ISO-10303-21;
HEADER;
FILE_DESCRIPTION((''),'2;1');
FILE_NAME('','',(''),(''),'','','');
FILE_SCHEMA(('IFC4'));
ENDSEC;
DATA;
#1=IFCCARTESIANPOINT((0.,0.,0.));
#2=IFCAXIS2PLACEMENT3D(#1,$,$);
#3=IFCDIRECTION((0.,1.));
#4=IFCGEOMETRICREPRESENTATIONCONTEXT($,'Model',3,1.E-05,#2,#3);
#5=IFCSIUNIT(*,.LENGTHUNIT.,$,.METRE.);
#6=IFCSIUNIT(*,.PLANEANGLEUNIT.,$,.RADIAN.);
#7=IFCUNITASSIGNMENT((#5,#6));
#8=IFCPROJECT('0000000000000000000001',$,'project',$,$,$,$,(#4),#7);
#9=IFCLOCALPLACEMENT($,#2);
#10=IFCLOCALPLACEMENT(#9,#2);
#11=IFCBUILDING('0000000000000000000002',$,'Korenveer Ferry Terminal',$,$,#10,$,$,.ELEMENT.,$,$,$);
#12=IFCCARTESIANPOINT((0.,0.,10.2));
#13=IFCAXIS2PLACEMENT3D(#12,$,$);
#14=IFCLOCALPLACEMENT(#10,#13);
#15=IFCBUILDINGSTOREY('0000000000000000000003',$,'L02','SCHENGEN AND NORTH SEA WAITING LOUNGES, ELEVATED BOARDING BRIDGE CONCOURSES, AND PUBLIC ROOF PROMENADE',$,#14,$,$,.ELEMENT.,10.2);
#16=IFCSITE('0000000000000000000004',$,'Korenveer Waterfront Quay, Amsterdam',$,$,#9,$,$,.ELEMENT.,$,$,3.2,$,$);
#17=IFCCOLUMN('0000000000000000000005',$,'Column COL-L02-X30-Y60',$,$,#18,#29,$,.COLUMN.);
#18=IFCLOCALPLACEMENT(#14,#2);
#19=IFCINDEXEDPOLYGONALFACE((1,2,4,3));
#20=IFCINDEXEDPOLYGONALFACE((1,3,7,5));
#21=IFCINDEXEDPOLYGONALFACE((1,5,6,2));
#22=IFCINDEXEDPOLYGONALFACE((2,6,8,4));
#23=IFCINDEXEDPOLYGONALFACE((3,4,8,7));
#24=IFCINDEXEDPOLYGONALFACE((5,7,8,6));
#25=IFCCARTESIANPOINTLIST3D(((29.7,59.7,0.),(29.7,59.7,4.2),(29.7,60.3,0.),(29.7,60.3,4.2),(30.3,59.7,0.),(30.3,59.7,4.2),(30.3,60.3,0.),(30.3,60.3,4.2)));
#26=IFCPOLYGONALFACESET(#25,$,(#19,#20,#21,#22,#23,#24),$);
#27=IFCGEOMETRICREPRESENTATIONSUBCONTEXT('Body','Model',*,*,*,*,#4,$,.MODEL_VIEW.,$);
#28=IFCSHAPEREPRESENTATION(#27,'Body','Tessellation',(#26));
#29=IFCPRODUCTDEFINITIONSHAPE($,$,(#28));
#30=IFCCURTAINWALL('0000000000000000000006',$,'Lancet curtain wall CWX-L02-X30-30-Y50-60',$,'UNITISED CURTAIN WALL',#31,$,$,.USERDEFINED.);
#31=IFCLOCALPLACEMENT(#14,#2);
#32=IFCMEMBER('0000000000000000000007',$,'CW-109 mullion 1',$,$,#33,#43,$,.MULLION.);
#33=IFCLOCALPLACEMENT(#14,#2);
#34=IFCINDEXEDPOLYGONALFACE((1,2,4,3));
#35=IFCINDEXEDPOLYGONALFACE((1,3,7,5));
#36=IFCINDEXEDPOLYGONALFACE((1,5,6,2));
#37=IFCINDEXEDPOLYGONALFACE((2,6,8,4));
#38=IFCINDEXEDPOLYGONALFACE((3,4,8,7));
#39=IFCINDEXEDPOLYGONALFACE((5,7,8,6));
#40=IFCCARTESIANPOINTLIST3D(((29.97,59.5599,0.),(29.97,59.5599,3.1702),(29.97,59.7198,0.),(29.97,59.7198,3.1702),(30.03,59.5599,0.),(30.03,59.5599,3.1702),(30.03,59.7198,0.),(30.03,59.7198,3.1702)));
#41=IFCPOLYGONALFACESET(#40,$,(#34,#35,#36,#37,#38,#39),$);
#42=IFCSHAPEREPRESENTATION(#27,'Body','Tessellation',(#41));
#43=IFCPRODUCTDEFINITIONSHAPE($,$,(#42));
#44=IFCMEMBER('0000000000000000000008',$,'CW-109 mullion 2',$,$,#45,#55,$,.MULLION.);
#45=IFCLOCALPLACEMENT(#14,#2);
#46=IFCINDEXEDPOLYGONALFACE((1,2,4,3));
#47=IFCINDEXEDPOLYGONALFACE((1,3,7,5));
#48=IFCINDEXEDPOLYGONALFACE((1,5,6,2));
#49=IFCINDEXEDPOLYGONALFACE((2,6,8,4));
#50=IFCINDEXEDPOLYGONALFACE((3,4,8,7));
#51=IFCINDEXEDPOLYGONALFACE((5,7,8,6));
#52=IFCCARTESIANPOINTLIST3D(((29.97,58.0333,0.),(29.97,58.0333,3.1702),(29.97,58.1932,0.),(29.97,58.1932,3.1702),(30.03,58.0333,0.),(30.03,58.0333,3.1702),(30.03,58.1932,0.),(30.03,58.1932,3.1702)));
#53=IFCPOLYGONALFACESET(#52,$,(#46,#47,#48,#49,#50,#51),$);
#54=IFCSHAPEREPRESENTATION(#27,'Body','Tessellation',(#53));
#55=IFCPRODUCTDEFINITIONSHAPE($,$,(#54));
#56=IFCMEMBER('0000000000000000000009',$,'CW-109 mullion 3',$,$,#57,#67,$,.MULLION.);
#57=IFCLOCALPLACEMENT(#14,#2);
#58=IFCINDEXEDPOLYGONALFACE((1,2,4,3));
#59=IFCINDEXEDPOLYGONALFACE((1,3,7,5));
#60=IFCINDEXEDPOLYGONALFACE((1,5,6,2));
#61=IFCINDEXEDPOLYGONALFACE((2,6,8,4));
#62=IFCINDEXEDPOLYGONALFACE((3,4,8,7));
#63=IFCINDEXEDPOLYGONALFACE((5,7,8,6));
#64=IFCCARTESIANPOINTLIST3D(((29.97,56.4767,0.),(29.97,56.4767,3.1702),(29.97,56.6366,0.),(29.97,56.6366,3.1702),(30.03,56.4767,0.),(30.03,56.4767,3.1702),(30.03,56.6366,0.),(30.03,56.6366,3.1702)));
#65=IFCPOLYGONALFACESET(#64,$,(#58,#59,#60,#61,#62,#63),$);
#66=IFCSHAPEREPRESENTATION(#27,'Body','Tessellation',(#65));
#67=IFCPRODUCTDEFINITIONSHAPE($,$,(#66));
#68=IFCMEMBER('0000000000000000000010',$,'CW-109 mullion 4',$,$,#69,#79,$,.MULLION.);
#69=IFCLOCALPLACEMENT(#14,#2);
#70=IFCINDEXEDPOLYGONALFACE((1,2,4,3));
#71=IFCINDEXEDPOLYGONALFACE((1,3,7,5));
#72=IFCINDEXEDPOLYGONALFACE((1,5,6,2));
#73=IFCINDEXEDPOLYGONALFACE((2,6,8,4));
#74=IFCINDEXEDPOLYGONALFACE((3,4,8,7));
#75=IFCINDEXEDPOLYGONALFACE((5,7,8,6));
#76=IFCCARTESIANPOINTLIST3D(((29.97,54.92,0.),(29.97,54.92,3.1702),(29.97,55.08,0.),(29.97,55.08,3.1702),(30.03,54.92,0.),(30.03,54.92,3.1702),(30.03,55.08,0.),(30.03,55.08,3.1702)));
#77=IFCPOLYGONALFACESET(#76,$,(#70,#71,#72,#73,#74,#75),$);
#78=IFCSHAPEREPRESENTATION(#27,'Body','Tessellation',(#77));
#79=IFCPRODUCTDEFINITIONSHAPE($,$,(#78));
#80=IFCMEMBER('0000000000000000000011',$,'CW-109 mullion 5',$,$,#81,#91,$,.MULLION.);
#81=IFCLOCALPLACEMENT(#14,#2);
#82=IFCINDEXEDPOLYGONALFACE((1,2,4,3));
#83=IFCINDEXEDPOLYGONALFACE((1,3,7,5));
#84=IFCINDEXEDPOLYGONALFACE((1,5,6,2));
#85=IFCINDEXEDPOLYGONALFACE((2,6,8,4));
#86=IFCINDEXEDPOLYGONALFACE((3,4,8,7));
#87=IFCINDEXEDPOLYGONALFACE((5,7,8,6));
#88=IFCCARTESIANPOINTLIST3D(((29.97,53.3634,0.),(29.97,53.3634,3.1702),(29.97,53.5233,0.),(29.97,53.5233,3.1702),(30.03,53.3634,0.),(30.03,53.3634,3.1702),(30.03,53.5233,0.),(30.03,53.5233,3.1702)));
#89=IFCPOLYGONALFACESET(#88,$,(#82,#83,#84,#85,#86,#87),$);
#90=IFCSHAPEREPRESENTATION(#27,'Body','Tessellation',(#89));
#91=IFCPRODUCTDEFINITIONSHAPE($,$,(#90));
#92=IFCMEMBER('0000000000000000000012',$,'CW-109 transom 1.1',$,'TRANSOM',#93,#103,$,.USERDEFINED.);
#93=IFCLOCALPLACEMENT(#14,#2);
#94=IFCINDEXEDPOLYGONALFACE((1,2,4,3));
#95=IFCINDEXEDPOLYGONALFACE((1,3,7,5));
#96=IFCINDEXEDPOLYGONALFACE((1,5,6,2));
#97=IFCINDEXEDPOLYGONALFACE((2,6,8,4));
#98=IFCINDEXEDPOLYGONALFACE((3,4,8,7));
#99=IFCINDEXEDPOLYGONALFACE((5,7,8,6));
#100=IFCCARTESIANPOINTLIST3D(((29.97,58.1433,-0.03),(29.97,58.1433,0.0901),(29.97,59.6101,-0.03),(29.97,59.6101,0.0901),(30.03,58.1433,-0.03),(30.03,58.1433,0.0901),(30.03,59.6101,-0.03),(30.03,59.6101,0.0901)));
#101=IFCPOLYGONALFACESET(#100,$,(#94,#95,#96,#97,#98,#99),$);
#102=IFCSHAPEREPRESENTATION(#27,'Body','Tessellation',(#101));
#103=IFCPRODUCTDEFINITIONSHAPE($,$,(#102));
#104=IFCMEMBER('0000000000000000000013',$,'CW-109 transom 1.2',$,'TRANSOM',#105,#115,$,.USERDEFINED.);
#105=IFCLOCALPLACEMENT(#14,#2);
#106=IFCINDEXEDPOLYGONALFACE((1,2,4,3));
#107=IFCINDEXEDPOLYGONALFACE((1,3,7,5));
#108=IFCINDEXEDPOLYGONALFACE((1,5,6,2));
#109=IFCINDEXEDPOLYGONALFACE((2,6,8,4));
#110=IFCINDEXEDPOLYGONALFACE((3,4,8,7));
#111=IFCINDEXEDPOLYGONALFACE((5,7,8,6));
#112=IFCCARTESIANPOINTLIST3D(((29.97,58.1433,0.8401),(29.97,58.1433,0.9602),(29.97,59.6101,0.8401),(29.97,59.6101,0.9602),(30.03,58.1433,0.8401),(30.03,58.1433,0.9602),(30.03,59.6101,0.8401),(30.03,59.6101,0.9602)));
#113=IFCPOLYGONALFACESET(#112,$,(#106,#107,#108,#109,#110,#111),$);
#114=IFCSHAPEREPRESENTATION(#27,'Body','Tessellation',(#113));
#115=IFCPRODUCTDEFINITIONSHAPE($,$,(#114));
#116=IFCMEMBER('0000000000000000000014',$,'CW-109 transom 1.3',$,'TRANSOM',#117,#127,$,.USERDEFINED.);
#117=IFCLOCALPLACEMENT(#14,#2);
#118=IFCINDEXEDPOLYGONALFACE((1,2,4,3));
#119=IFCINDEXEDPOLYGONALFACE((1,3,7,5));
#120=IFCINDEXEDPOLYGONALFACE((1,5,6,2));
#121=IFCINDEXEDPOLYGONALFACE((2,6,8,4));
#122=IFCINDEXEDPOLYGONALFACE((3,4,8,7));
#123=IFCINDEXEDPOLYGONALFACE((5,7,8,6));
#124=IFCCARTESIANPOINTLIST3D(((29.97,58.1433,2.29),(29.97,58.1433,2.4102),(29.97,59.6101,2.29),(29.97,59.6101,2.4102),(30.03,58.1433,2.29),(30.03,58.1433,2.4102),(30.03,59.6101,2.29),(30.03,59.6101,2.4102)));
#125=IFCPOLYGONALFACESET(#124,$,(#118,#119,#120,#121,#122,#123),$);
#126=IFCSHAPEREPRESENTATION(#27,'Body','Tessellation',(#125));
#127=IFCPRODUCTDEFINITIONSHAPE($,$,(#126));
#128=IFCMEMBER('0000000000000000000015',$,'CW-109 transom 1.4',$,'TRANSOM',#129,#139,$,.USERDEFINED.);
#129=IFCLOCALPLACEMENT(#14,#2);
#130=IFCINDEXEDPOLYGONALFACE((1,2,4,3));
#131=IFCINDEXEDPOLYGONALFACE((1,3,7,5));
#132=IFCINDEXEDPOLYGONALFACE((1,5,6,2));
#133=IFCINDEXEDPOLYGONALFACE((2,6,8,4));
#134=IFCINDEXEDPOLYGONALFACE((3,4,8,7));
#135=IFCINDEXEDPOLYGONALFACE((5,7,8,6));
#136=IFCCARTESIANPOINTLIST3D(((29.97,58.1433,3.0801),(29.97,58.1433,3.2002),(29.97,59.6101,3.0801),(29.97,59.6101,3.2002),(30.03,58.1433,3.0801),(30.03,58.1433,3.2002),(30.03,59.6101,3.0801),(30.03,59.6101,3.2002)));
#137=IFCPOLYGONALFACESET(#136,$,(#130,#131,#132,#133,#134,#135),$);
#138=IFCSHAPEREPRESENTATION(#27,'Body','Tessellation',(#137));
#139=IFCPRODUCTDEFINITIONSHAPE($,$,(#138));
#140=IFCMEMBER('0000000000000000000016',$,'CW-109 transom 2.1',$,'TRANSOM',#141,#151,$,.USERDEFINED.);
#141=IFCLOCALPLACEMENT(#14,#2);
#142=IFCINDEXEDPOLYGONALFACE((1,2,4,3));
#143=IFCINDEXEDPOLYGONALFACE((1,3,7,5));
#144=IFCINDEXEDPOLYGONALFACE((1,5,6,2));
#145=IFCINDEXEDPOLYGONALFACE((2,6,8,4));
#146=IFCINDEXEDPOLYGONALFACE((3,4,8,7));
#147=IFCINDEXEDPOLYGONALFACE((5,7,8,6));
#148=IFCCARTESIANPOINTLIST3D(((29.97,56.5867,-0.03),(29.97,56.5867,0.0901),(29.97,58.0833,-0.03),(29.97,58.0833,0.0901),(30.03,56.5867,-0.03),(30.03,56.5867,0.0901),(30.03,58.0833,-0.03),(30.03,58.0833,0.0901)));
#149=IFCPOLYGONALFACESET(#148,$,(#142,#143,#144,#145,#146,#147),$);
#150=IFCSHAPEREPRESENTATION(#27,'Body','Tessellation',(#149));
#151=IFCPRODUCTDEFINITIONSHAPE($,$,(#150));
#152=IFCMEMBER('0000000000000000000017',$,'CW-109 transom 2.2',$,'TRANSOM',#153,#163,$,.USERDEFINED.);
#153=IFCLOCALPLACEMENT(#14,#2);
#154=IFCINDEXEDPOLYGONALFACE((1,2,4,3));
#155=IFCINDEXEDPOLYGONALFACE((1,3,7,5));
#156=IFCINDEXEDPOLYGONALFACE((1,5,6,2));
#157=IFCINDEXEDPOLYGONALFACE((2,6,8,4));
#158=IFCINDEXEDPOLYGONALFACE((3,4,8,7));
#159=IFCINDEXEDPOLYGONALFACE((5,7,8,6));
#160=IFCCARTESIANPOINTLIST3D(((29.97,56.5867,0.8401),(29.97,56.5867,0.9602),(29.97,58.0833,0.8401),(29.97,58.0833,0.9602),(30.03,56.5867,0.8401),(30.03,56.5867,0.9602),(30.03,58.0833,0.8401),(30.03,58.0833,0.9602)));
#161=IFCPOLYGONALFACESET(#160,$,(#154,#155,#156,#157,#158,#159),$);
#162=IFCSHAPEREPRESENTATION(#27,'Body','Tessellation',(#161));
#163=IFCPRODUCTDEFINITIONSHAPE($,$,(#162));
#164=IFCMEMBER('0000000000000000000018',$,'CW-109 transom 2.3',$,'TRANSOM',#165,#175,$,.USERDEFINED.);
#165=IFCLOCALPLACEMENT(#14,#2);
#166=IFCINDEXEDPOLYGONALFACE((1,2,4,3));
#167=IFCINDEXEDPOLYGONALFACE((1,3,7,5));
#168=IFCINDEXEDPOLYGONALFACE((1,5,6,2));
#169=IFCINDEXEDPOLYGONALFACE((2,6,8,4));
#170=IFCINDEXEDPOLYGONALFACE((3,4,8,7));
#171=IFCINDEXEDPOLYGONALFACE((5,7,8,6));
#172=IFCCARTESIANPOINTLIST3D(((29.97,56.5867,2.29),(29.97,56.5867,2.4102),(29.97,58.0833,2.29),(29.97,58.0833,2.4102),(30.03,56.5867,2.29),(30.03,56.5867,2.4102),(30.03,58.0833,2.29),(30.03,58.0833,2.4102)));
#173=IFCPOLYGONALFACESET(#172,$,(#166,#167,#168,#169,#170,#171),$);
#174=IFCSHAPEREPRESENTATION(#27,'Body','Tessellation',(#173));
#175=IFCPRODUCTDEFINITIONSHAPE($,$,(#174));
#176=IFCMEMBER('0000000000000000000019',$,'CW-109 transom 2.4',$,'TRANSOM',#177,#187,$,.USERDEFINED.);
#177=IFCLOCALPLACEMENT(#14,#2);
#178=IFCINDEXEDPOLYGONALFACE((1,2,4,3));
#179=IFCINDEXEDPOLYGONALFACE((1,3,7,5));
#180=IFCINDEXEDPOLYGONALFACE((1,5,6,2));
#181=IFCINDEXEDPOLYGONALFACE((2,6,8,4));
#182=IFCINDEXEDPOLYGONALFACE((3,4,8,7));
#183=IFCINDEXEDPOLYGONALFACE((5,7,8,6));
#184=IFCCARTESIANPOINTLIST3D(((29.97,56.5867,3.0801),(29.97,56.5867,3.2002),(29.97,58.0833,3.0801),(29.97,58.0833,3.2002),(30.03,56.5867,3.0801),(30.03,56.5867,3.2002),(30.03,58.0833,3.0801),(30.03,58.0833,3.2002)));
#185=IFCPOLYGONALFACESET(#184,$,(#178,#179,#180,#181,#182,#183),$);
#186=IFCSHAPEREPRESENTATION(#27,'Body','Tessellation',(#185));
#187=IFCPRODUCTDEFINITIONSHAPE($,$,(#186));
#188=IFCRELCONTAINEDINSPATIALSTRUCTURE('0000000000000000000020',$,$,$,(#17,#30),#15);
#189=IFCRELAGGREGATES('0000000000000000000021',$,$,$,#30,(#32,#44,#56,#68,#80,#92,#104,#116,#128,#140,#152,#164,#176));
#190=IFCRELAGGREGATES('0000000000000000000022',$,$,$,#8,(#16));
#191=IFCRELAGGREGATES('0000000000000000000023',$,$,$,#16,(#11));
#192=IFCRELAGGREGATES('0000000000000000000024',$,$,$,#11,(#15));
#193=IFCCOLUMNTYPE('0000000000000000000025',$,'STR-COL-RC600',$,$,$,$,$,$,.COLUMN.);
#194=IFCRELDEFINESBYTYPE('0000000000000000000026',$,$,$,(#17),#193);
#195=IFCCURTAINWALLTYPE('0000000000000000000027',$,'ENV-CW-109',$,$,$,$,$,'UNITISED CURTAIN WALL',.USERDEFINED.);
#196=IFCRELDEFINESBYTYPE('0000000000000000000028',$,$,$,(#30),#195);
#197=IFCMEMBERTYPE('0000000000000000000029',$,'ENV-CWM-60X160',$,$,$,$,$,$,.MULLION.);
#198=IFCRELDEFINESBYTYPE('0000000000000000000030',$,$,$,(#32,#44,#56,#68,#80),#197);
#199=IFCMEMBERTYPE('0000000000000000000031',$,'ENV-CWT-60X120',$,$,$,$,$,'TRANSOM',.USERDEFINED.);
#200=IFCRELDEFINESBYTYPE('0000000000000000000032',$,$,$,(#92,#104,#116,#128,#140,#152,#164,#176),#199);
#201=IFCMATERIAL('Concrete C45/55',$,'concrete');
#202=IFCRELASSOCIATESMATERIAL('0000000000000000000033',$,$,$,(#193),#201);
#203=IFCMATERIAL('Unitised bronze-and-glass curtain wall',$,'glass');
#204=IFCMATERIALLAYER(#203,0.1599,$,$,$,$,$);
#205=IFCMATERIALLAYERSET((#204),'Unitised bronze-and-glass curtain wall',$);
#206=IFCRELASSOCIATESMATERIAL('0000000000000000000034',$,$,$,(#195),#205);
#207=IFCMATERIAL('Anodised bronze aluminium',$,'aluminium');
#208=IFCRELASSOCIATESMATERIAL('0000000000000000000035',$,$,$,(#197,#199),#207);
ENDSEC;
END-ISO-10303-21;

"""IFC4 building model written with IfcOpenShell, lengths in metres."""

from ifc_helpers import new_model, si_unit, direction, frame, origin, origin_2d, place, context, subcontext, project, spatial, rectangle, extrude, material, layer, layer_set, material_profile, profile_set, type_object, element, aggregate, save


model = new_model("IFC4")

# Units and contexts
model_context = context("Model", 3, precision=1e-05, world=origin(), true_north=direction((0.0, 1.0)))
body_context = subcontext(model_context, "Body", "Model", "MODEL_VIEW")
ifc_project = project(units=[si_unit("LENGTHUNIT", "METRE"), si_unit("PLANEANGLEUNIT", "RADIAN")], contexts=[model_context])

# Site, building, storey
site_placement = place(None, origin())
site = spatial("IfcSite", under=ifc_project, at=site_placement, Name="Korenveer Waterfront Quay, Amsterdam", CompositionType="ELEMENT", RefElevation=3.2)
building_placement = place(site_placement, origin())
building = spatial("IfcBuilding", under=site, at=building_placement, Name="Korenveer Ferry Terminal", CompositionType="ELEMENT")
storey_placement = place(building_placement, frame((0.0, 0.0, 10.2)))
storey = spatial("IfcBuildingStorey", under=building, at=storey_placement, Name="L02", Description="SCHENGEN AND NORTH SEA WAITING LOUNGES, ELEVATED BOARDING BRIDGE CONCOURSES, AND PUBLIC ROOF PROMENADE", CompositionType="ELEMENT", Elevation=10.2)

# Column
ifc_material_1 = material(Name="Concrete C45/55", Category="concrete")
ifc_material_profile_1 = material_profile(ifc_material_1, rectangle(XDim=0.6001, YDim=0.6001, at=origin_2d()), Name="RC 600x600")
ifc_profile_set_1 = profile_set([ifc_material_profile_1], Name="Concrete C45/55")
column_type = type_object("IfcColumnType", Name="STR-COL-RC600", PredefinedType="COLUMN", material=ifc_profile_set_1)
column_placement = place(storey_placement, frame((30.0, 60.0, 0.0), z_axis=(0.0, 0.0, 1.0), x_axis=(1.0, 0.0, 0.0)))
element("IfcColumn", 1, at=column_placement, inside=storey, type_object=column_type, Name="Column COL-L02-X30-Y60", PredefinedType="COLUMN", context=body_context, shape_type="SweptSolid", body=[
    extrude(rectangle(XDim=0.6001, YDim=0.6001, at=origin_2d()), origin(), (0.0, 0.0, 1.0), 4.2),
])

# Curtain wall, members
ifc_material_2 = material(Name="Unitised bronze-and-glass curtain wall", Category="glass")
ifc_layer_1 = layer(ifc_material_2, 0.1599)
ifc_layer_set_1 = layer_set([ifc_layer_1], Name="Unitised bronze-and-glass curtain wall")
curtain_wall_type = type_object("IfcCurtainWallType", Name="ENV-CW-109", ElementType="UNITISED CURTAIN WALL", PredefinedType="USERDEFINED", material=ifc_layer_set_1)
curtain_wall_placement = place(storey_placement, frame((30.0, 59.6699, 0.0)))
curtain_wall = element("IfcCurtainWall", 2, at=curtain_wall_placement, inside=storey, type_object=curtain_wall_type, Name="Lancet curtain wall CWX-L02-X30-30-Y50-60", ObjectType="UNITISED CURTAIN WALL", PredefinedType="USERDEFINED")
ifc_material_3 = material(Name="Anodised bronze aluminium", Category="aluminium")
ifc_material_profile_2 = material_profile(ifc_material_3, rectangle(XDim=0.0601, YDim=0.1599, at=origin_2d()), Name="ALU 60x160")
ifc_profile_set_2 = profile_set([ifc_material_profile_2], Name="Anodised bronze aluminium")
member_type_1 = type_object("IfcMemberType", Name="ENV-CWM-60X160", PredefinedType="MULLION", material=ifc_profile_set_2)
member_1_placement = place(storey_placement, frame((30.0, 59.6399, 0.0), z_axis=(0.0, 0.0, 1.0), x_axis=(1.0, 0.0, 0.0)))
member_1 = element("IfcMember", 3, at=member_1_placement, type_object=member_type_1, Name="CW-109 mullion 1", PredefinedType="MULLION", context=body_context, shape_type="SweptSolid", body=[
    extrude(rectangle(XDim=0.0601, YDim=0.1599, at=origin_2d()), origin(), (0.0, 0.0, 1.0), 3.1702),
])
member_2_placement = place(storey_placement, frame((30.0, 58.1133, 0.0), z_axis=(0.0, 0.0, 1.0), x_axis=(1.0, 0.0, 0.0)))
member_2 = element("IfcMember", 4, at=member_2_placement, type_object=member_type_1, Name="CW-109 mullion 2", PredefinedType="MULLION", context=body_context, shape_type="SweptSolid", body=[
    extrude(rectangle(XDim=0.0601, YDim=0.1599, at=origin_2d()), origin(), (0.0, 0.0, 1.0), 3.1702),
])
member_3_placement = place(storey_placement, frame((30.0, 56.5566, 0.0), z_axis=(0.0, 0.0, 1.0), x_axis=(1.0, 0.0, 0.0)))
member_3 = element("IfcMember", 5, at=member_3_placement, type_object=member_type_1, Name="CW-109 mullion 3", PredefinedType="MULLION", context=body_context, shape_type="SweptSolid", body=[
    extrude(rectangle(XDim=0.0601, YDim=0.1599, at=origin_2d()), origin(), (0.0, 0.0, 1.0), 3.1702),
])
member_4_placement = place(storey_placement, frame((30.0, 55.0, 0.0), z_axis=(0.0, 0.0, 1.0), x_axis=(1.0, 0.0, 0.0)))
member_4 = element("IfcMember", 6, at=member_4_placement, type_object=member_type_1, Name="CW-109 mullion 4", PredefinedType="MULLION", context=body_context, shape_type="SweptSolid", body=[
    extrude(rectangle(XDim=0.0601, YDim=0.1599, at=origin_2d()), origin(), (0.0, 0.0, 1.0), 3.1702),
])
member_5_placement = place(storey_placement, frame((30.0, 53.4434, 0.0), z_axis=(0.0, 0.0, 1.0), x_axis=(1.0, 0.0, 0.0)))
member_5 = element("IfcMember", 7, at=member_5_placement, type_object=member_type_1, Name="CW-109 mullion 5", PredefinedType="MULLION", context=body_context, shape_type="SweptSolid", body=[
    extrude(rectangle(XDim=0.0601, YDim=0.1599, at=origin_2d()), origin(), (0.0, 0.0, 1.0), 3.1702),
])
ifc_material_profile_3 = material_profile(ifc_material_3, rectangle(XDim=0.0601, YDim=0.1201, at=origin_2d()), Name="ALU 60x120")
ifc_profile_set_3 = profile_set([ifc_material_profile_3], Name="Anodised bronze aluminium")
member_type_2 = type_object("IfcMemberType", Name="ENV-CWT-60X120", ElementType="TRANSOM", PredefinedType="USERDEFINED", material=ifc_profile_set_3)
member_6_placement = place(storey_placement, frame((30.0, 59.6101, 0.03), z_axis=(0.0, -1.0, 0.0), x_axis=(1.0, 0.0, 0.0)))
member_6 = element("IfcMember", 8, at=member_6_placement, type_object=member_type_2, Name="CW-109 transom 1.1", ObjectType="TRANSOM", PredefinedType="USERDEFINED", context=body_context, shape_type="SweptSolid", body=[
    extrude(rectangle(XDim=0.0601, YDim=0.1201, at=origin_2d()), origin(), (0.0, 0.0, 1.0), 1.4668),
])
member_7_placement = place(storey_placement, frame((30.0, 59.6101, 0.9001), z_axis=(0.0, -1.0, 0.0), x_axis=(1.0, 0.0, 0.0)))
member_7 = element("IfcMember", 9, at=member_7_placement, type_object=member_type_2, Name="CW-109 transom 1.2", ObjectType="TRANSOM", PredefinedType="USERDEFINED", context=body_context, shape_type="SweptSolid", body=[
    extrude(rectangle(XDim=0.0601, YDim=0.1201, at=origin_2d()), origin(), (0.0, 0.0, 1.0), 1.4668),
])
member_8_placement = place(storey_placement, frame((30.0, 59.6101, 2.3501), z_axis=(0.0, -1.0, 0.0), x_axis=(1.0, 0.0, 0.0)))
member_8 = element("IfcMember", 10, at=member_8_placement, type_object=member_type_2, Name="CW-109 transom 1.3", ObjectType="TRANSOM", PredefinedType="USERDEFINED", context=body_context, shape_type="SweptSolid", body=[
    extrude(rectangle(XDim=0.0601, YDim=0.1201, at=origin_2d()), origin(), (0.0, 0.0, 1.0), 1.4668),
])
member_9_placement = place(storey_placement, frame((30.0, 59.6101, 3.1401), z_axis=(0.0, -1.0, 0.0), x_axis=(1.0, 0.0, 0.0)))
member_9 = element("IfcMember", 11, at=member_9_placement, type_object=member_type_2, Name="CW-109 transom 1.4", ObjectType="TRANSOM", PredefinedType="USERDEFINED", context=body_context, shape_type="SweptSolid", body=[
    extrude(rectangle(XDim=0.0601, YDim=0.1201, at=origin_2d()), origin(), (0.0, 0.0, 1.0), 1.4668),
])
member_10_placement = place(storey_placement, frame((30.0, 58.0833, 0.03), z_axis=(0.0, -1.0, 0.0), x_axis=(1.0, 0.0, 0.0)))
member_10 = element("IfcMember", 12, at=member_10_placement, type_object=member_type_2, Name="CW-109 transom 2.1", ObjectType="TRANSOM", PredefinedType="USERDEFINED", context=body_context, shape_type="SweptSolid", body=[
    extrude(rectangle(XDim=0.0601, YDim=0.1201, at=origin_2d()), origin(), (0.0, 0.0, 1.0), 1.4966),
])
member_11_placement = place(storey_placement, frame((30.0, 58.0833, 0.9001), z_axis=(0.0, -1.0, 0.0), x_axis=(1.0, 0.0, 0.0)))
member_11 = element("IfcMember", 13, at=member_11_placement, type_object=member_type_2, Name="CW-109 transom 2.2", ObjectType="TRANSOM", PredefinedType="USERDEFINED", context=body_context, shape_type="SweptSolid", body=[
    extrude(rectangle(XDim=0.0601, YDim=0.1201, at=origin_2d()), origin(), (0.0, 0.0, 1.0), 1.4966),
])
member_12_placement = place(storey_placement, frame((30.0, 58.0833, 2.3501), z_axis=(0.0, -1.0, 0.0), x_axis=(1.0, 0.0, 0.0)))
member_12 = element("IfcMember", 14, at=member_12_placement, type_object=member_type_2, Name="CW-109 transom 2.3", ObjectType="TRANSOM", PredefinedType="USERDEFINED", context=body_context, shape_type="SweptSolid", body=[
    extrude(rectangle(XDim=0.0601, YDim=0.1201, at=origin_2d()), origin(), (0.0, 0.0, 1.0), 1.4966),
])
member_13_placement = place(storey_placement, frame((30.0, 58.0833, 3.1401), z_axis=(0.0, -1.0, 0.0), x_axis=(1.0, 0.0, 0.0)))
member_13 = element("IfcMember", 15, at=member_13_placement, type_object=member_type_2, Name="CW-109 transom 2.4", ObjectType="TRANSOM", PredefinedType="USERDEFINED", context=body_context, shape_type="SweptSolid", body=[
    extrude(rectangle(XDim=0.0601, YDim=0.1201, at=origin_2d()), origin(), (0.0, 0.0, 1.0), 1.4966),
])
aggregate(curtain_wall, [member_1, member_2, member_3, member_4, member_5, member_6, member_7, member_8, member_9, member_10, member_11, member_12, member_13])

save(model, "model.ifc")
